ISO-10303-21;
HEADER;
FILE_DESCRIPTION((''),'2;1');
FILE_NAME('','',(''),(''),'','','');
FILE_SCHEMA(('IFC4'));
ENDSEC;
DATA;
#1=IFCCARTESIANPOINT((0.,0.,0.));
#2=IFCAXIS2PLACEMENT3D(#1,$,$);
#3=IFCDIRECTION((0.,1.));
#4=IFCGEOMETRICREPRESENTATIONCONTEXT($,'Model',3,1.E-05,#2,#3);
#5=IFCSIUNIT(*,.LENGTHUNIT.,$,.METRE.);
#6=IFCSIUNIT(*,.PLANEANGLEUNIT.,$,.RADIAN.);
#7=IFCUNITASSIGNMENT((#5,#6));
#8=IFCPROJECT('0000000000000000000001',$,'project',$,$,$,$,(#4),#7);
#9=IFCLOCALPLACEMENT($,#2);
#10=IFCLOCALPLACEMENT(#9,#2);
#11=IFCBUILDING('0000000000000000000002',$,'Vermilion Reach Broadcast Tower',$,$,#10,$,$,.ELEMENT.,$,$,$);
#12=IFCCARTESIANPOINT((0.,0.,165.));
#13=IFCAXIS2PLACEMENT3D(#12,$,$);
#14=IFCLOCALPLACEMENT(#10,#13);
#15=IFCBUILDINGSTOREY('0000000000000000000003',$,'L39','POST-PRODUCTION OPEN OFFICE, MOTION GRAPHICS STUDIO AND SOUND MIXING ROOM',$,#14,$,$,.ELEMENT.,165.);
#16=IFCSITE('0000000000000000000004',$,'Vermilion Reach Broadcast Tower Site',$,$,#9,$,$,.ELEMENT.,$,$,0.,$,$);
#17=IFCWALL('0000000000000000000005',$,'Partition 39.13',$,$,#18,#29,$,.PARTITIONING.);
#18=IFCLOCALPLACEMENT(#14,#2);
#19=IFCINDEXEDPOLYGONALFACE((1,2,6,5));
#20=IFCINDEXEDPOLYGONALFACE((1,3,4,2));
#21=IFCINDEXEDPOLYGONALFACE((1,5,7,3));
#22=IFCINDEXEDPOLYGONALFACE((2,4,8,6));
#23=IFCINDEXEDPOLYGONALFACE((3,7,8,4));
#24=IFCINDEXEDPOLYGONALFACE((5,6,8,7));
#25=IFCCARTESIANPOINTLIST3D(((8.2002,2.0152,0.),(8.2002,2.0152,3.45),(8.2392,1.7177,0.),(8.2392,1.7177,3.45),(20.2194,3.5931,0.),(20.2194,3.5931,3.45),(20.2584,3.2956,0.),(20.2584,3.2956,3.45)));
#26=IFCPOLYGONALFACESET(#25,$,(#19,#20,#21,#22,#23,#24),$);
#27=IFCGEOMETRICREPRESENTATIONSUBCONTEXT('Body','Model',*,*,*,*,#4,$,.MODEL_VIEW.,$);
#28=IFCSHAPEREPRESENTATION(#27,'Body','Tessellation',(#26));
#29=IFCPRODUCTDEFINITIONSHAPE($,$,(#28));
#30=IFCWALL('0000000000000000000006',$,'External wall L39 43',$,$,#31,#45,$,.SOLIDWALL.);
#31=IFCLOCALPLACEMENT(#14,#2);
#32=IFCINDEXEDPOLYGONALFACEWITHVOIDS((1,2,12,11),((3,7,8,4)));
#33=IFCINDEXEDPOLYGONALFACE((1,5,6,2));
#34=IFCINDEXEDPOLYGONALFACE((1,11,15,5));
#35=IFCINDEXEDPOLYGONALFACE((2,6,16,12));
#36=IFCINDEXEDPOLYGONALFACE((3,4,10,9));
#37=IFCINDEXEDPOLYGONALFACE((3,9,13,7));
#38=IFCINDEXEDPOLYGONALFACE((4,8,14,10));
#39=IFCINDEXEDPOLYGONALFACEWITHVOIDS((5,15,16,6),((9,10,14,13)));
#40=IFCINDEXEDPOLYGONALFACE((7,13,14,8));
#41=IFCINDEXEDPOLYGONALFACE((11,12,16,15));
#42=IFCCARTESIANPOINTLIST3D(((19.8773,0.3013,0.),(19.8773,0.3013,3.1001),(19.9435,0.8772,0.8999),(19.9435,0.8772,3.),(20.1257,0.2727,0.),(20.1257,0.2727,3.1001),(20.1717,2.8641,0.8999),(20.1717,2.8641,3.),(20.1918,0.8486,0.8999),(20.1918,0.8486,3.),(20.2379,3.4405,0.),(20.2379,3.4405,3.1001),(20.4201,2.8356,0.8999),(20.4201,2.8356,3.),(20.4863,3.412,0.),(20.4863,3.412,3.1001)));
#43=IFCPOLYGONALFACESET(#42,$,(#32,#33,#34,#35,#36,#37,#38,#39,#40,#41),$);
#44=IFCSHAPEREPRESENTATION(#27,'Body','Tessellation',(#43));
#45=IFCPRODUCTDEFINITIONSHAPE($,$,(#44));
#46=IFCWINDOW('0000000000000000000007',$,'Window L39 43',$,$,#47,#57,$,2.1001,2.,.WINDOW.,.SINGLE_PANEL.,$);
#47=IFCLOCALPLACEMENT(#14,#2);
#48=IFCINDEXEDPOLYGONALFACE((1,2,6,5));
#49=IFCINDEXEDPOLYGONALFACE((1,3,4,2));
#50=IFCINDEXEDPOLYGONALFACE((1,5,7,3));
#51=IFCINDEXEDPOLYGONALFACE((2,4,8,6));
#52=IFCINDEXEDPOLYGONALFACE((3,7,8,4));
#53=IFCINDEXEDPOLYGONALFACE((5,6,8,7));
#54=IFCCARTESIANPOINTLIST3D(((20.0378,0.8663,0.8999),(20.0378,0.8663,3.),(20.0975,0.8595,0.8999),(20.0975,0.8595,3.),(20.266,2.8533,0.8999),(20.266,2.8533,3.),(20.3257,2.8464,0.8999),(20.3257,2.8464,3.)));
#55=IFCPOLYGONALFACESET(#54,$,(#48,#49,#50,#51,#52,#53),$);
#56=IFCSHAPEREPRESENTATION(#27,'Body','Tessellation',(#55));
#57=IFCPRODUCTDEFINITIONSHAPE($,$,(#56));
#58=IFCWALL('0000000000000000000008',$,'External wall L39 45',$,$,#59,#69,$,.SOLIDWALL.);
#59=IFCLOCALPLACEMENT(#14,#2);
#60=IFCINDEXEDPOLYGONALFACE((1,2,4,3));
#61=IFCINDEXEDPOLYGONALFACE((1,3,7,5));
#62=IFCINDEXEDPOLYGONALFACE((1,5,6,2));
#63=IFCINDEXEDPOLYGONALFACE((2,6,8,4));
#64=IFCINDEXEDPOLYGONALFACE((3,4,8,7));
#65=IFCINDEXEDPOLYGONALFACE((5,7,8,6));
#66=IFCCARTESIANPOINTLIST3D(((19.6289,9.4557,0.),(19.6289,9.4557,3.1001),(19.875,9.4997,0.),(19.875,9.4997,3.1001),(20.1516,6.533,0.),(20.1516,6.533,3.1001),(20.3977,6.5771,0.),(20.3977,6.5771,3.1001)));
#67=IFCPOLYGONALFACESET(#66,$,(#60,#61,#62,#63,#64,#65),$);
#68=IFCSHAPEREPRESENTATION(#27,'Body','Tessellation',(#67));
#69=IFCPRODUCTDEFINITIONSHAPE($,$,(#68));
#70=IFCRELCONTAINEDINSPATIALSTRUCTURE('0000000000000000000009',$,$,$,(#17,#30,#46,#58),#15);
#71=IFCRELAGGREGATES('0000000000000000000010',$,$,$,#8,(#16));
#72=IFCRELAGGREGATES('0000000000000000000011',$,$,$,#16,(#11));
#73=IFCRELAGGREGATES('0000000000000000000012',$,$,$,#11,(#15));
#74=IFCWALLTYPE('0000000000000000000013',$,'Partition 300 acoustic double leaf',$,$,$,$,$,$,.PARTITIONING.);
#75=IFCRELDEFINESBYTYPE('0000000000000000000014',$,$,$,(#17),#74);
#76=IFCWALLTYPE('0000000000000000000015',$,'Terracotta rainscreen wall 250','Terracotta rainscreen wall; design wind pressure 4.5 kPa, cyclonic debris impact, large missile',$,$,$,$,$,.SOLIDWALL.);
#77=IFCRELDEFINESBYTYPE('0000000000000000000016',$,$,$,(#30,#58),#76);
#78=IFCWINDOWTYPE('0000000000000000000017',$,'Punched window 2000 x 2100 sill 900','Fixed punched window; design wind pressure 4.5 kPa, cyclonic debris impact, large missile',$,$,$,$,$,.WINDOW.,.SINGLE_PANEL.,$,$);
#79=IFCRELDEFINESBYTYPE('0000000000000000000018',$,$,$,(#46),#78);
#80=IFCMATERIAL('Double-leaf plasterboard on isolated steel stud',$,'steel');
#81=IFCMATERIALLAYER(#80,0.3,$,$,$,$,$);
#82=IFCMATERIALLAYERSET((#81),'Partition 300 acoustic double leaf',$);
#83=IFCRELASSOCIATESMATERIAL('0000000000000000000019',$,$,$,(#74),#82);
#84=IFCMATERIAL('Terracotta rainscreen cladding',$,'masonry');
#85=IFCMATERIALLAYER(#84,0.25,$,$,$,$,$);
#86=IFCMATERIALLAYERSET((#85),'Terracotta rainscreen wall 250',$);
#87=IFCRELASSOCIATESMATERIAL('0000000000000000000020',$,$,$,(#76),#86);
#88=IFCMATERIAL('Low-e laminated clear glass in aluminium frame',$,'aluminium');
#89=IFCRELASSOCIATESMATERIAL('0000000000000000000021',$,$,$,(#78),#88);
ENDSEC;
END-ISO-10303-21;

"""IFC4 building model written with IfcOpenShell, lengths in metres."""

from ifc_helpers import new_model, si_unit, direction, frame, frame_2d, origin, place, context, subcontext, project, spatial, rectangle, extrude, material, layer, layer_set, type_object, element, fill, save


model = new_model("IFC4")

# Units and contexts
model_context = context("Model", 3, precision=1e-05, world=origin(), true_north=direction((0.0, 1.0)))
body_context = subcontext(model_context, "Body", "Model", "MODEL_VIEW")
ifc_project = project(units=[si_unit("LENGTHUNIT", "METRE"), si_unit("PLANEANGLEUNIT", "RADIAN")], contexts=[model_context])

# Site, building, storey
site_placement = place(None, origin())
site = spatial("IfcSite", under=ifc_project, at=site_placement, Name="Vermilion Reach Broadcast Tower Site", CompositionType="ELEMENT", RefElevation=0.0)
building_placement = place(site_placement, origin())
building = spatial("IfcBuilding", under=site, at=building_placement, Name="Vermilion Reach Broadcast Tower", CompositionType="ELEMENT")
storey_placement = place(building_placement, frame((0.0, 0.0, 165.0)))
storey = spatial("IfcBuildingStorey", under=building, at=storey_placement, Name="L39", Description="POST-PRODUCTION OPEN OFFICE, MOTION GRAPHICS STUDIO AND SOUND MIXING ROOM", CompositionType="ELEMENT", Elevation=165.0)

# Wall
ifc_material_1 = material(Name="Double-leaf plasterboard on isolated steel stud", Category="steel")
ifc_layer_1 = layer(ifc_material_1, 0.3)
ifc_layer_set_1 = layer_set([ifc_layer_1], Name="Partition 300 acoustic double leaf")
wall_type_1 = type_object("IfcWallType", Name="Partition 300 acoustic double leaf", PredefinedType="PARTITIONING", material=ifc_layer_set_1)
wall_1_placement = place(storey_placement, frame((20.2388, 3.4443, 0.0), z_axis=(0.0, 0.0, 1.0), x_axis=(-0.991493, -0.130162, 0.0)))
element("IfcWall", 1, at=wall_1_placement, inside=storey, type_object=wall_type_1, Name="Partition 39.13", PredefinedType="PARTITIONING", context=body_context, shape_type="SweptSolid", body=[
    extrude(rectangle(XDim=12.1223, YDim=0.3, at=frame_2d((6.061, 0.0))), origin(), (0.0, 0.0, 1.0), 3.45),
])

# Wall, opening, window
ifc_material_2 = material(Name="Terracotta rainscreen cladding", Category="masonry")
ifc_layer_2 = layer(ifc_material_2, 0.25)
ifc_layer_set_2 = layer_set([ifc_layer_2], Name="Terracotta rainscreen wall 250")
wall_type_2 = type_object("IfcWallType", Name="Terracotta rainscreen wall 250", Description="Terracotta rainscreen wall; design wind pressure 4.5 kPa, cyclonic debris impact, large missile", PredefinedType="SOLIDWALL", material=ifc_layer_set_2)
wall_2_placement = place(storey_placement, frame((20.0015, 0.2869, 0.0), z_axis=(0.0, 0.0, 1.0), x_axis=(0.11412, 0.993467, 0.0)))
wall_2 = element("IfcWall", 2, at=wall_2_placement, inside=storey, type_object=wall_type_2, Name="External wall L39 43", PredefinedType="SOLIDWALL", context=body_context, shape_type="SweptSolid", body=[
    extrude(rectangle(XDim=3.1599, YDim=0.25, at=frame_2d((1.5801, 0.0))), origin(), (0.0, 0.0, 1.0), 3.1001),
])
opening_1_placement = place(wall_2_placement, frame((0.5798, 0.0, 0.8999)))
opening_1 = element("IfcOpeningElement", 3, at=opening_1_placement, cuts=wall_2, PredefinedType="OPENING", context=body_context, shape_type="SweptSolid", body=[
    extrude(rectangle(XDim=2.0, YDim=2.1001, at=frame_2d((1.0, 1.05))), frame((0.0, 0.135, 0.0), z_axis=(0.0, -1.0, 0.0), x_axis=(1.0, 0.0, 0.0)), (0.0, 0.0, 1.0), 0.27),
])
ifc_material_3 = material(Name="Low-e laminated clear glass in aluminium frame", Category="aluminium")
window_type = type_object("IfcWindowType", Name="Punched window 2000 x 2100 sill 900", Description="Fixed punched window; design wind pressure 4.5 kPa, cyclonic debris impact, large missile", PartitioningType="SINGLE_PANEL", PredefinedType="WINDOW", material=ifc_material_3)
window_placement = place(opening_1_placement, origin())
window = element("IfcWindow", 4, at=window_placement, inside=storey, type_object=window_type, Name="Window L39 43", OverallHeight=2.1001, OverallWidth=2.0, PartitioningType="SINGLE_PANEL", PredefinedType="WINDOW", context=body_context, shape_type="SweptSolid", body=[
    extrude(rectangle(XDim=2.0, YDim=2.1001, at=frame_2d((1.0, 1.05))), frame((0.0, 0.03, 0.0), z_axis=(0.0, -1.0, 0.0), x_axis=(1.0, 0.0, 0.0)), (0.0, 0.0, 1.0), 0.0601),
])
fill(opening_1, window)

# Wall
wall_3_placement = place(storey_placement, frame((20.2747, 6.5552, 0.0), z_axis=(0.0, 0.0, 1.0), x_axis=(-0.176055, 0.98438, 0.0)))
element("IfcWall", 5, at=wall_3_placement, inside=storey, type_object=wall_type_2, Name="External wall L39 45", PredefinedType="SOLIDWALL", context=body_context, shape_type="SweptSolid", body=[
    extrude(rectangle(XDim=2.969, YDim=0.25, at=frame_2d((1.4844, 0.0))), origin(), (0.0, 0.0, 1.0), 3.1001),
])

save(model, "model.ifc")
